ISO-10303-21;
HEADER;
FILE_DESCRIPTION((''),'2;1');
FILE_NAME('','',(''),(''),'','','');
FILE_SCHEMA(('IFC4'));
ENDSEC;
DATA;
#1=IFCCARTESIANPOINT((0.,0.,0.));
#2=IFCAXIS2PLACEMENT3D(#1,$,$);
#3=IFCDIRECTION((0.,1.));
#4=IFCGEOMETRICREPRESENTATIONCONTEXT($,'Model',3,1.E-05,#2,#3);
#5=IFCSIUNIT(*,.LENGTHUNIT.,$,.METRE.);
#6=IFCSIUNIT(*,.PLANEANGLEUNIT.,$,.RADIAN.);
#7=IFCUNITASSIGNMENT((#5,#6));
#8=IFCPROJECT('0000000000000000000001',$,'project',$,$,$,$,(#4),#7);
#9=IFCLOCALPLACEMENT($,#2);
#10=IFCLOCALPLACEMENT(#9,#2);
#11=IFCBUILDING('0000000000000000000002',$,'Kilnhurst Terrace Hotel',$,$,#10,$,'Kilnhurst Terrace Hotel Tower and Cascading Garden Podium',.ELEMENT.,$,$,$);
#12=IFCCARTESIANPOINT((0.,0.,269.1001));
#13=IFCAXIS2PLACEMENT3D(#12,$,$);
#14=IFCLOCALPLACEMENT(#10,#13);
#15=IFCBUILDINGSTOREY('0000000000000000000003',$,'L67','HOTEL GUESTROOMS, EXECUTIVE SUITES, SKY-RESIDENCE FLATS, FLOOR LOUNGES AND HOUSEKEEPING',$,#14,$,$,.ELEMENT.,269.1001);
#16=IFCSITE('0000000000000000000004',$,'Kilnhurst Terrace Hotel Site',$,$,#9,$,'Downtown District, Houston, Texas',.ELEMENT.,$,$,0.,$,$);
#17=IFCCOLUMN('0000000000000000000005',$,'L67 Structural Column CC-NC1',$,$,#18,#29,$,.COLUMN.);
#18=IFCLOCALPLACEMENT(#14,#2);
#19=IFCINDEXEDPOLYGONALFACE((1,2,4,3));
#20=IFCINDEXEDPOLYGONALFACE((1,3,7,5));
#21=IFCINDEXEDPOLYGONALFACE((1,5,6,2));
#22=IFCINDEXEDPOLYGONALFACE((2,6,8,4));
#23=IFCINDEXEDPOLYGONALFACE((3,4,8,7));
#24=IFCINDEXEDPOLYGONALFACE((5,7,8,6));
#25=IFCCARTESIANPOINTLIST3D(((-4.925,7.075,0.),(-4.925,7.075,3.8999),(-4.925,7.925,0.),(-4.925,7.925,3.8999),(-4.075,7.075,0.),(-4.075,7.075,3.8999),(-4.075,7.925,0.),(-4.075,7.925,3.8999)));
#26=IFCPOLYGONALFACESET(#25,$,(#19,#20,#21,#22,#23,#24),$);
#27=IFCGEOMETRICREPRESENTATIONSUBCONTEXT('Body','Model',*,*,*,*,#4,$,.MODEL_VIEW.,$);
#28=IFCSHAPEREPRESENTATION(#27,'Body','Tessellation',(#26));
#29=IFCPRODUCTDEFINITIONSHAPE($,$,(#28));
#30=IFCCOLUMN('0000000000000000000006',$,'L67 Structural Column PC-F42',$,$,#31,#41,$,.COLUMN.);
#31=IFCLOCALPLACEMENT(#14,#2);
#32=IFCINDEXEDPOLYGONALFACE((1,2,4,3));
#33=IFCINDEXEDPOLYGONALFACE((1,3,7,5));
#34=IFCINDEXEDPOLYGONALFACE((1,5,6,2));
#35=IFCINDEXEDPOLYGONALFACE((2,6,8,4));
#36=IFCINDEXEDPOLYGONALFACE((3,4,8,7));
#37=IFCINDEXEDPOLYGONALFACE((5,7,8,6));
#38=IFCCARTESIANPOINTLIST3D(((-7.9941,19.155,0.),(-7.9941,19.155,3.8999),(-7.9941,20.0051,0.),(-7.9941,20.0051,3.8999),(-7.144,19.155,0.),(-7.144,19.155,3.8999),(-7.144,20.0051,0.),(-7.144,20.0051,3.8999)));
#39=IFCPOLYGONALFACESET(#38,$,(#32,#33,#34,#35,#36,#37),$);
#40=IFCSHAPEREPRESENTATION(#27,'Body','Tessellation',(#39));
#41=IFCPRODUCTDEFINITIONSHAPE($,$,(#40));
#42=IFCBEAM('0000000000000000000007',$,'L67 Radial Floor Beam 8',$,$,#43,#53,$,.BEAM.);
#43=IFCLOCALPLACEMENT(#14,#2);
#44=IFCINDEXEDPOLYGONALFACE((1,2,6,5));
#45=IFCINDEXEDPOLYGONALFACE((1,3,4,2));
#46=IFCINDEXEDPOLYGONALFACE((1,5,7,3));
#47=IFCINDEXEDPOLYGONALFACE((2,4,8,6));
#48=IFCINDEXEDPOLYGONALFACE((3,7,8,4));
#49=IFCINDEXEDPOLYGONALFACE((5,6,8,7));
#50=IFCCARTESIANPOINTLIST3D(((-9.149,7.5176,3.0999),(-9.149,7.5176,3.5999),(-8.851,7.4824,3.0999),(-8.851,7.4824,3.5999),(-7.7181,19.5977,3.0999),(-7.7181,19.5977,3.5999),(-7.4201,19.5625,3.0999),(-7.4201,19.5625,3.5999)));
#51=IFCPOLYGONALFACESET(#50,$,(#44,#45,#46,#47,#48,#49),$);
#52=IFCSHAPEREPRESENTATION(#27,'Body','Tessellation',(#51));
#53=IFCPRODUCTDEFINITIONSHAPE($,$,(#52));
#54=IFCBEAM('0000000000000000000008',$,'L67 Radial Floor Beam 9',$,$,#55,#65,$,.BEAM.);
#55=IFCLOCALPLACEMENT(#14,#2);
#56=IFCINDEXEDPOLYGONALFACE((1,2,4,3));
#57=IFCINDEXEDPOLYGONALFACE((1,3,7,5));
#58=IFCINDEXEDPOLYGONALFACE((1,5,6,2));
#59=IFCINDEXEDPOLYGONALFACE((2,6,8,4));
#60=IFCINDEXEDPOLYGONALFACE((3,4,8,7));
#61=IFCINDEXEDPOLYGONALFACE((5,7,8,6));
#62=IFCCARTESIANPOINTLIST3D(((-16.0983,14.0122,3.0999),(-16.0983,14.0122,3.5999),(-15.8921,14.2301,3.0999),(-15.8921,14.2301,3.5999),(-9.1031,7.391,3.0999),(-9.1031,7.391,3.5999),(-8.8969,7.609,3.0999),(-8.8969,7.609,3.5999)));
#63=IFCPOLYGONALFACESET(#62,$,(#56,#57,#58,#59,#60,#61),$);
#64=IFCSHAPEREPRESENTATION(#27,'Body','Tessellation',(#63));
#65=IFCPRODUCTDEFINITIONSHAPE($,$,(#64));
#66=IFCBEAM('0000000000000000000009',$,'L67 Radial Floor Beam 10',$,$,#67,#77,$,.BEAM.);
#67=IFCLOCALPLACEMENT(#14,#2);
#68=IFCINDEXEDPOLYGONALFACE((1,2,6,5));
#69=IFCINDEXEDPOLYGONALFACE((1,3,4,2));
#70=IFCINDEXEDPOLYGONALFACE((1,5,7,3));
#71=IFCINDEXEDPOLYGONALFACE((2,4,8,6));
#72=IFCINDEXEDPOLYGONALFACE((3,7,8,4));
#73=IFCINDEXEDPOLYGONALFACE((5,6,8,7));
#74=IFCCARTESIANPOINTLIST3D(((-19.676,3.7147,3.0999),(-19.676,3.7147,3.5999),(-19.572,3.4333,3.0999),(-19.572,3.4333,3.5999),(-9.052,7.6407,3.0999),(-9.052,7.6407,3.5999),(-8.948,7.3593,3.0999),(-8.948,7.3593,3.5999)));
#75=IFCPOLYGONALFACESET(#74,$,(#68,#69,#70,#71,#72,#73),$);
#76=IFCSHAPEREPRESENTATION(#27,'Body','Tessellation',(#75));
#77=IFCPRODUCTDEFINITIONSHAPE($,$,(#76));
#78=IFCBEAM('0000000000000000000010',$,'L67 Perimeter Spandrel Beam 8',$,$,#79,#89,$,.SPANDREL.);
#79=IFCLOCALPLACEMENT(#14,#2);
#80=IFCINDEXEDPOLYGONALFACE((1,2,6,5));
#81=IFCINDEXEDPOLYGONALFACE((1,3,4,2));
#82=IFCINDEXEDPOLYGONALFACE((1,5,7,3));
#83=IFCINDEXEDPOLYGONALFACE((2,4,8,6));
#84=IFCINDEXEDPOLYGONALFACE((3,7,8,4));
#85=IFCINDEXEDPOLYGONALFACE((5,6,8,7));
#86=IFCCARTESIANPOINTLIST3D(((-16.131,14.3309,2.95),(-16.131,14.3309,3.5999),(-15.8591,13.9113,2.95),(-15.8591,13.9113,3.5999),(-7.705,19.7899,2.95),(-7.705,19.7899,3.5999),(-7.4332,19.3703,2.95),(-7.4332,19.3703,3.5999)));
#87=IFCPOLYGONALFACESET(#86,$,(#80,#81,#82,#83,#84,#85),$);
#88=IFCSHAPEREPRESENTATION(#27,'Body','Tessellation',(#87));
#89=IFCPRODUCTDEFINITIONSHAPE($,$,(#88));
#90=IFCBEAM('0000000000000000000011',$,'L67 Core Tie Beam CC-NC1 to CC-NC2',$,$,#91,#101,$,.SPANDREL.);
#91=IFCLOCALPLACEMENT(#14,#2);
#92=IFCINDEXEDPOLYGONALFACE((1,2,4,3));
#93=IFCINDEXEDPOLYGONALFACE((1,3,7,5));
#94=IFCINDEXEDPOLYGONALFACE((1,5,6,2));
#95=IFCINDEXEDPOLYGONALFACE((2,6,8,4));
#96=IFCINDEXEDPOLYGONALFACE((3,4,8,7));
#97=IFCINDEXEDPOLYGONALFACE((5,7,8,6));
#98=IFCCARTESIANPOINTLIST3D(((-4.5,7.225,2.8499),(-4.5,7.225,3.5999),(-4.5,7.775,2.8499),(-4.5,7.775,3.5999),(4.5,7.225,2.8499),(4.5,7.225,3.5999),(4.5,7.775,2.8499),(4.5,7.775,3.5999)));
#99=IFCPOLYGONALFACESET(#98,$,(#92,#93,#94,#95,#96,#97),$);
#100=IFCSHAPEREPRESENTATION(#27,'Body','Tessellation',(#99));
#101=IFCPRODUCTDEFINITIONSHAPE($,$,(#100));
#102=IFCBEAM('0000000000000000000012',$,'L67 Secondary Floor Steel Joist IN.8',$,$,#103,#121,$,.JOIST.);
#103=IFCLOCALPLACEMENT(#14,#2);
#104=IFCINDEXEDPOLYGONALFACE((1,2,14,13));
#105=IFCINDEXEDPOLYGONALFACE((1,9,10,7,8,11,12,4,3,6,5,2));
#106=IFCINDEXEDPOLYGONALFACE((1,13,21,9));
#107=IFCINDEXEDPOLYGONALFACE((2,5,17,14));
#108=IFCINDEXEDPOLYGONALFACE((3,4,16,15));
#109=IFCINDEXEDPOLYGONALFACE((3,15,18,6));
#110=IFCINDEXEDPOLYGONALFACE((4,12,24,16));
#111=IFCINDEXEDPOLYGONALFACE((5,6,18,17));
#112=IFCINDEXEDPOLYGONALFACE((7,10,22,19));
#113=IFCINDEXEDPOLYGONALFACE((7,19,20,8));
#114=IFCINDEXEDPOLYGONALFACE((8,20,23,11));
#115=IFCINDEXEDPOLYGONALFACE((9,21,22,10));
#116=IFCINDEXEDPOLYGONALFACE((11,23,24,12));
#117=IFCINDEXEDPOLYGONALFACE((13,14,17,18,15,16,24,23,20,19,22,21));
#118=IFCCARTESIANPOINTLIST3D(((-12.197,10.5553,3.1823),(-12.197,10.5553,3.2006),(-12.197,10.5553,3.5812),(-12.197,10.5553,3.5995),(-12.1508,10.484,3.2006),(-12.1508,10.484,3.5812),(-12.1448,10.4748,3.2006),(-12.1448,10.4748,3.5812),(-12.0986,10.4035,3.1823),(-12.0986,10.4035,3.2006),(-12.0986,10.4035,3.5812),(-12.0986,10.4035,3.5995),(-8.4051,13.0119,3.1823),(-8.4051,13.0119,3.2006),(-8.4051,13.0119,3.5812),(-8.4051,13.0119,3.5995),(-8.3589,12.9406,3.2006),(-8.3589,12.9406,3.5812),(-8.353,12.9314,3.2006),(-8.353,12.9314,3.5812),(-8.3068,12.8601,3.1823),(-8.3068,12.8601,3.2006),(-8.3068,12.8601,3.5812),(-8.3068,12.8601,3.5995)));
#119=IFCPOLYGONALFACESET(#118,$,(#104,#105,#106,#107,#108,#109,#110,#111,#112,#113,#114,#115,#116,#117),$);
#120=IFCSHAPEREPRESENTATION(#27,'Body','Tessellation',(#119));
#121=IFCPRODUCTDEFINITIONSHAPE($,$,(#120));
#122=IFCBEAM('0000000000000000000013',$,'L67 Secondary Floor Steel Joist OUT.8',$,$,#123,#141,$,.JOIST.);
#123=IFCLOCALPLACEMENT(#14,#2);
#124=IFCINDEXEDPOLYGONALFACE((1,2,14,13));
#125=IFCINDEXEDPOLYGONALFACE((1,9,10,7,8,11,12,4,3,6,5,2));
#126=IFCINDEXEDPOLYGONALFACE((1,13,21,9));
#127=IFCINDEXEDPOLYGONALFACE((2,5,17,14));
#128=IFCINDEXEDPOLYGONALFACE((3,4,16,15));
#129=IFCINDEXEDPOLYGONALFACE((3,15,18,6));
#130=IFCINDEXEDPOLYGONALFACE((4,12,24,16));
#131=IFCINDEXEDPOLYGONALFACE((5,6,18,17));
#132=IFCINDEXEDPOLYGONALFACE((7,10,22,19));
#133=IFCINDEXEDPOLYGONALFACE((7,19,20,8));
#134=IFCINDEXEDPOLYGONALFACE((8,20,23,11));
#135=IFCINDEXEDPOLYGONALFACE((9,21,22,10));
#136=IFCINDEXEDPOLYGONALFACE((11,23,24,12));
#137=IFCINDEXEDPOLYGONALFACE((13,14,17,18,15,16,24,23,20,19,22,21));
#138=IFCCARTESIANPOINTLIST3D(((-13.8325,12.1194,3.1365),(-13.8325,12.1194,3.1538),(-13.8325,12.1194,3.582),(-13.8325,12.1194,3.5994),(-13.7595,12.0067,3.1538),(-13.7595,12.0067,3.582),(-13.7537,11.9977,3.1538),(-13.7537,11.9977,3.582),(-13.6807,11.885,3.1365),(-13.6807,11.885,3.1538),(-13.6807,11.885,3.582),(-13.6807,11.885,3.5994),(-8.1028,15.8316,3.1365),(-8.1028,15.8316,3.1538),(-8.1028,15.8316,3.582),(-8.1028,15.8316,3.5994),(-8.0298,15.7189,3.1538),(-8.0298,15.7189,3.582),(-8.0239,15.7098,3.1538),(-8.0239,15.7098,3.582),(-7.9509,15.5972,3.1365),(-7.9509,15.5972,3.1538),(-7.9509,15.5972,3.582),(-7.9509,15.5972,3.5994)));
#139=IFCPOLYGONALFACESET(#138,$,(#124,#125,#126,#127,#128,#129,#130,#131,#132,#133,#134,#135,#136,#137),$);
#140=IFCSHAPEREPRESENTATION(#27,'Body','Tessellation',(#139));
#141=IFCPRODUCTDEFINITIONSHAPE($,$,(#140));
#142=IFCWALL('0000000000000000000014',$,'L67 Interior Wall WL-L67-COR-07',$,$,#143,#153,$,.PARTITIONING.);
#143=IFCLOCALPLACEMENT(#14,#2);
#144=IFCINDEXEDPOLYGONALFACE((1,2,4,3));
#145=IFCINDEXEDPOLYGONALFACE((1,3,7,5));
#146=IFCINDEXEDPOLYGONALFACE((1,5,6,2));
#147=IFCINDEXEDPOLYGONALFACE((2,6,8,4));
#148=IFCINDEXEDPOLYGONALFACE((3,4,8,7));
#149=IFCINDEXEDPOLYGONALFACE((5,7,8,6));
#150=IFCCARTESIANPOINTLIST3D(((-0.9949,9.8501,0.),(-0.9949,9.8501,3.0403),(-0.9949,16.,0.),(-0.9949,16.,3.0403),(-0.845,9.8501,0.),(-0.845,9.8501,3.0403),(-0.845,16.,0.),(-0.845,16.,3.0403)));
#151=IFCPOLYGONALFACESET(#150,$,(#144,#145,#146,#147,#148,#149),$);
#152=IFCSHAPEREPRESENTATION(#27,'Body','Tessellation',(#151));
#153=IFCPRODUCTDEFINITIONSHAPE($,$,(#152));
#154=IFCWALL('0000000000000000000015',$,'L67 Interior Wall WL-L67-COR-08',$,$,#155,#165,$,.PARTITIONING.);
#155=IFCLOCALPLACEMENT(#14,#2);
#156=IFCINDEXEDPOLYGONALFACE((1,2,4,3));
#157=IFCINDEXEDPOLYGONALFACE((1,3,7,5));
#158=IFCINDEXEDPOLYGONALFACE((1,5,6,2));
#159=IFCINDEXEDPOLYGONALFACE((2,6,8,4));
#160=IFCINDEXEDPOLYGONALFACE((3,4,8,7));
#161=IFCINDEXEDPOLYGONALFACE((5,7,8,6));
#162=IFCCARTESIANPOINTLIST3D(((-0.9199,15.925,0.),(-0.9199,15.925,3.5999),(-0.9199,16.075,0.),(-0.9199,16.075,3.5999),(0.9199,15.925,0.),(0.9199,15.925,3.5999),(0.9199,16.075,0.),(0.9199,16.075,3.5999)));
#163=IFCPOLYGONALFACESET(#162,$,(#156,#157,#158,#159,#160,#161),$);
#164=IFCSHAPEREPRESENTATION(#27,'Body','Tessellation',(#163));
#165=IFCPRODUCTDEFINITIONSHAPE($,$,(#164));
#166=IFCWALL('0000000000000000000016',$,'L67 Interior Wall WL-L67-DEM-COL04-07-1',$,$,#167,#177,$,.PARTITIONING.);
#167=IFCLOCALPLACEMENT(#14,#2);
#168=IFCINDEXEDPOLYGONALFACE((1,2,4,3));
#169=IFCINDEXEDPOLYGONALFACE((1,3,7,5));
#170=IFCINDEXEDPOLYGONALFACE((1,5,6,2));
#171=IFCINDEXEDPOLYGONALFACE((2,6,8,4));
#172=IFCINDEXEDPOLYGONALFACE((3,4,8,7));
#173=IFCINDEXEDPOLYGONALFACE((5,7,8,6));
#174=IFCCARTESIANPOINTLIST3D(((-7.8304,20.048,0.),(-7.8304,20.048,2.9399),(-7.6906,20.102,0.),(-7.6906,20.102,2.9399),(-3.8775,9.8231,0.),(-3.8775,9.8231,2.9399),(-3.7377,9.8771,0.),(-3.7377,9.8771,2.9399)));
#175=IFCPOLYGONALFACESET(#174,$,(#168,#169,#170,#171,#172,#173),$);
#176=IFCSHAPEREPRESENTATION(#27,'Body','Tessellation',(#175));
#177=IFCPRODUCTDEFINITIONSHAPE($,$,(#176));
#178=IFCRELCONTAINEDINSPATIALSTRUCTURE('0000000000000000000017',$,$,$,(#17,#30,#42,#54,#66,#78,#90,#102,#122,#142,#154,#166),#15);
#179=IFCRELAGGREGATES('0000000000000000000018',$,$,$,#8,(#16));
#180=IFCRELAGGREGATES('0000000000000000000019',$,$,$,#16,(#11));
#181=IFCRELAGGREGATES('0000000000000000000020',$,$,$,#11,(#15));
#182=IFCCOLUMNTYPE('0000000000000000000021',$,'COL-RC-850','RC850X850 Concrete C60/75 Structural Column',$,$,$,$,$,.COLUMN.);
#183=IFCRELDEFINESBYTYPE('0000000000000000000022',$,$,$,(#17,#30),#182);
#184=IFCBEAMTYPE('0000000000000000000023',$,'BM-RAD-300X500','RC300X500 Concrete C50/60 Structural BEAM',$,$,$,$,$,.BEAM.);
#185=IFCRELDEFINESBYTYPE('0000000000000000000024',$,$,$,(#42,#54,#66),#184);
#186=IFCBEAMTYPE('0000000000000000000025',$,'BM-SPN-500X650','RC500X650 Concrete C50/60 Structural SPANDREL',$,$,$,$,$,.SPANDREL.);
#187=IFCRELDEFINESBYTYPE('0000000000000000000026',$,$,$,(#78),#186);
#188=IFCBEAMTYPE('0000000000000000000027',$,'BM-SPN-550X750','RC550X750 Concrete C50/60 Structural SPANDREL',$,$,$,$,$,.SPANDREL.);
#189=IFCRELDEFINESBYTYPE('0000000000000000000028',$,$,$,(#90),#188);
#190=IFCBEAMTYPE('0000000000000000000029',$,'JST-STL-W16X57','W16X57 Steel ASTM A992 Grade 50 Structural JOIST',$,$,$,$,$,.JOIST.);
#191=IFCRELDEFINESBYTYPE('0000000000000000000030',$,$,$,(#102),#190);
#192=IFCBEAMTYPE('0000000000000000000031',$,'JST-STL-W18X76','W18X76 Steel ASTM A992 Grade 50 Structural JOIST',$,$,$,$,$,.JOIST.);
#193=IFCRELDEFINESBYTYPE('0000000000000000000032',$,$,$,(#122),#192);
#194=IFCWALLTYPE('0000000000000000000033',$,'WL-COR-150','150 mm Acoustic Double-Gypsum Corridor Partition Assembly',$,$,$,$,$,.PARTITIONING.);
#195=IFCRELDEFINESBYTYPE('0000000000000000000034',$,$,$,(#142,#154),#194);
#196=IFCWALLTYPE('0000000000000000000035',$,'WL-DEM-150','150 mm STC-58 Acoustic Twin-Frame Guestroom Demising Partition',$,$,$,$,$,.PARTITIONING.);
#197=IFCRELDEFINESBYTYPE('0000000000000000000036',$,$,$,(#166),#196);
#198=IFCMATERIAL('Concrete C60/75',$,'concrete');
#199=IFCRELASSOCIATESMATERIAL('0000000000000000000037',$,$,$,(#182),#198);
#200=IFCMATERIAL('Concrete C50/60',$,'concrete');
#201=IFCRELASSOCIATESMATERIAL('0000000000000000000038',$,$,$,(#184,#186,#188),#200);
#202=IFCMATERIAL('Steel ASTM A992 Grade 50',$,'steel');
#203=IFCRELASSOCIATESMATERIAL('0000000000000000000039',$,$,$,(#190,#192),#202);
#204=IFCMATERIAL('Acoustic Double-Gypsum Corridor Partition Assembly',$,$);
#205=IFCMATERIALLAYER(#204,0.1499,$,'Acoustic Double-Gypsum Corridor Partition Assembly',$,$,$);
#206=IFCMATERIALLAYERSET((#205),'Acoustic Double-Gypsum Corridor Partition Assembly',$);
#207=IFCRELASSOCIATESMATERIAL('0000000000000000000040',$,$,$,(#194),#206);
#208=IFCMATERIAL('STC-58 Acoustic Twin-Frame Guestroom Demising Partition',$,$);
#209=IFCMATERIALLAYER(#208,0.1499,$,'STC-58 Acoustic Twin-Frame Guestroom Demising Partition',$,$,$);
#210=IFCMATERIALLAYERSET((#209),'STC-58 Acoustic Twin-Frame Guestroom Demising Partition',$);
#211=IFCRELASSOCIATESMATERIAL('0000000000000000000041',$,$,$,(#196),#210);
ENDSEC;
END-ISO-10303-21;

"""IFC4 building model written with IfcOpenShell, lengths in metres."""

from ifc_helpers import new_model, si_unit, direction, frame, frame_2d, origin, origin_2d, place, context, subcontext, project, spatial, rectangle, i_section, extrude, material, layer, layer_set, material_profile, profile_set, type_object, element, save


model = new_model("IFC4")

# Units and contexts
model_context = context("Model", 3, precision=1e-05, world=origin(), true_north=direction((0.0, 1.0)))
body_context = subcontext(model_context, "Body", "Model", "MODEL_VIEW")
ifc_project = project(units=[si_unit("LENGTHUNIT", "METRE"), si_unit("PLANEANGLEUNIT", "RADIAN")], contexts=[model_context])

# Site, building, storey
site_placement = place(None, origin())
site = spatial("IfcSite", under=ifc_project, at=site_placement, Name="Kilnhurst Terrace Hotel Site", LongName="Downtown District, Houston, Texas", CompositionType="ELEMENT", RefElevation=0.0)
building_placement = place(site_placement, origin())
building = spatial("IfcBuilding", under=site, at=building_placement, Name="Kilnhurst Terrace Hotel", LongName="Kilnhurst Terrace Hotel Tower and Cascading Garden Podium", CompositionType="ELEMENT")
storey_placement = place(building_placement, frame((0.0, 0.0, 269.1001)))
storey = spatial("IfcBuildingStorey", under=building, at=storey_placement, Name="L67", Description="HOTEL GUESTROOMS, EXECUTIVE SUITES, SKY-RESIDENCE FLATS, FLOOR LOUNGES AND HOUSEKEEPING", CompositionType="ELEMENT", Elevation=269.1001)

# Columns
ifc_material_1 = material(Name="Concrete C60/75", Category="concrete")
ifc_material_profile_1 = material_profile(ifc_material_1, rectangle(XDim=0.8501, YDim=0.8501, at=origin_2d()), Name="RC850X850")
ifc_profile_set_1 = profile_set([ifc_material_profile_1], Name="Concrete C60/75")
column_type = type_object("IfcColumnType", Name="COL-RC-850", Description="RC850X850 Concrete C60/75 Structural Column", PredefinedType="COLUMN", material=ifc_profile_set_1)
for number, where, z_axis, x_axis, name in (
    (1, (-4.5, 7.5, 0.0), (0.0, 0.0, 1.0), (1.0, 0.0, 0.0), "L67 Structural Column CC-NC1"),
    (2, (-7.5691, 19.5801, 0.0), (0.0, 0.0, 1.0), (1.0, 0.0, 0.0), "L67 Structural Column PC-F42"),
):
    element("IfcColumn", number, at=place(storey_placement, frame(where, z_axis=z_axis, x_axis=x_axis)), inside=storey, type_object=column_type, Name=name, PredefinedType="COLUMN", context=body_context, shape_type="SweptSolid", body=[
        extrude(rectangle(XDim=0.8501, YDim=0.8501, at=origin_2d()), origin(), (0.0, 0.0, 1.0), 3.8999),
    ])

# Beams
ifc_material_2 = material(Name="Concrete C50/60", Category="concrete")
ifc_material_profile_2 = material_profile(ifc_material_2, rectangle(XDim=0.3, YDim=0.5, at=origin_2d()), Name="RC300X500")
ifc_profile_set_2 = profile_set([ifc_material_profile_2], Name="Concrete C50/60")
beam_type_1 = type_object("IfcBeamType", Name="BM-RAD-300X500", Description="RC300X500 Concrete C50/60 Structural BEAM", PredefinedType="BEAM", material=ifc_profile_set_2)
beam_1_placement = place(storey_placement, frame((-9.0, 7.5, 3.3499), z_axis=(0.11763, 0.993058, 0.0), x_axis=(-0.993058, 0.11763, 0.0)))
element("IfcBeam", 3, at=beam_1_placement, inside=storey, type_object=beam_type_1, Name="L67 Radial Floor Beam 8", PredefinedType="BEAM", context=body_context, shape_type="SweptSolid", body=[
    extrude(rectangle(XDim=0.3, YDim=0.5, at=origin_2d()), origin(), (0.0, 0.0, 1.0), 12.1646),
])
beam_2_placement = place(storey_placement, frame((-9.0, 7.5, 3.3499), z_axis=(-0.726256, 0.687424, 0.0), x_axis=(-0.687424, -0.726256, 0.0)))
element("IfcBeam", 4, at=beam_2_placement, inside=storey, type_object=beam_type_1, Name="L67 Radial Floor Beam 9", PredefinedType="BEAM", context=body_context, shape_type="SweptSolid", body=[
    extrude(rectangle(XDim=0.3, YDim=0.5, at=origin_2d()), origin(), (0.0, 0.0, 1.0), 9.6318),
])
beam_3_placement = place(storey_placement, frame((-9.0, 7.5, 3.3499), z_axis=(-0.938002, -0.346631, 0.0), x_axis=(0.346631, -0.938002, 0.0)))
element("IfcBeam", 5, at=beam_3_placement, inside=storey, type_object=beam_type_1, Name="L67 Radial Floor Beam 10", PredefinedType="BEAM", context=body_context, shape_type="SweptSolid", body=[
    extrude(rectangle(XDim=0.3, YDim=0.5, at=origin_2d()), origin(), (0.0, 0.0, 1.0), 11.3262),
])
ifc_material_profile_3 = material_profile(ifc_material_2, rectangle(XDim=0.5, YDim=0.6499, at=origin_2d()), Name="RC500X650")
ifc_profile_set_3 = profile_set([ifc_material_profile_3], Name="Concrete C50/60")
beam_type_2 = type_object("IfcBeamType", Name="BM-SPN-500X650", Description="RC500X650 Concrete C50/60 Structural SPANDREL", PredefinedType="SPANDREL", material=ifc_profile_set_3)
beam_4_placement = place(storey_placement, frame((-7.5691, 19.5801, 3.2749), z_axis=(-0.839259, -0.543732, 0.0), x_axis=(0.543732, -0.839259, 0.0)))
element("IfcBeam", 6, at=beam_4_placement, inside=storey, type_object=beam_type_2, Name="L67 Perimeter Spandrel Beam 8", PredefinedType="SPANDREL", context=body_context, shape_type="SweptSolid", body=[
    extrude(rectangle(XDim=0.5, YDim=0.6499, at=origin_2d()), origin(), (0.0, 0.0, 1.0), 10.0398),
])
ifc_material_profile_4 = material_profile(ifc_material_2, rectangle(XDim=0.55, YDim=0.75, at=origin_2d()), Name="RC550X750")
ifc_profile_set_4 = profile_set([ifc_material_profile_4], Name="Concrete C50/60")
beam_type_3 = type_object("IfcBeamType", Name="BM-SPN-550X750", Description="RC550X750 Concrete C50/60 Structural SPANDREL", PredefinedType="SPANDREL", material=ifc_profile_set_4)
beam_5_placement = place(storey_placement, frame((-4.5, 7.5, 3.2249), z_axis=(1.0, 0.0, 0.0), x_axis=(0.0, 1.0, 0.0)))
element("IfcBeam", 7, at=beam_5_placement, inside=storey, type_object=beam_type_3, Name="L67 Core Tie Beam CC-NC1 to CC-NC2", PredefinedType="SPANDREL", context=body_context, shape_type="SweptSolid", body=[
    extrude(rectangle(XDim=0.55, YDim=0.75, at=origin_2d()), origin(), (0.0, 0.0, 1.0), 9.0),
])
ifc_material_3 = material(Name="Steel ASTM A992 Grade 50", Category="steel")
ifc_material_profile_5 = material_profile(ifc_material_3, i_section(OverallWidth=0.1809, OverallDepth=0.4172, WebThickness=0.011, FlangeThickness=0.0183, at=origin_2d()), Name="W16X57")
ifc_profile_set_5 = profile_set([ifc_material_profile_5], Name="Steel ASTM A992 Grade 50")
beam_type_4 = type_object("IfcBeamType", Name="JST-STL-W16X57", Description="W16X57 Steel ASTM A992 Grade 50 Structural JOIST", PredefinedType="JOIST", material=ifc_profile_set_5)
beam_6_placement = place(storey_placement, frame((-8.356, 12.936, 3.3909), z_axis=(-0.839261, -0.543728, 0.0), x_axis=(0.543728, -0.839261, 0.0)))
element("IfcBeam", 8, at=beam_6_placement, inside=storey, type_object=beam_type_4, Name="L67 Secondary Floor Steel Joist IN.8", PredefinedType="JOIST", context=body_context, shape_type="SweptSolid", body=[
    extrude(i_section(OverallWidth=0.1809, OverallDepth=0.4172, WebThickness=0.011, FlangeThickness=0.0183, at=origin_2d()), origin(), (0.0, 0.0, 1.0), 4.5181),
])
ifc_material_profile_6 = material_profile(ifc_material_3, i_section(OverallWidth=0.2793, OverallDepth=0.4629, WebThickness=0.0107, FlangeThickness=0.0173, at=origin_2d()), Name="W18X76")
ifc_profile_set_6 = profile_set([ifc_material_profile_6], Name="Steel ASTM A992 Grade 50")
beam_type_5 = type_object("IfcBeamType", Name="JST-STL-W18X76", Description="W18X76 Steel ASTM A992 Grade 50 Structural JOIST", PredefinedType="JOIST", material=ifc_profile_set_6)
beam_7_placement = place(storey_placement, frame((-8.0269, 15.7144, 3.3679), z_axis=(-0.839257, -0.543735, 0.0), x_axis=(0.543735, -0.839257, 0.0)))
element("IfcBeam", 9, at=beam_7_placement, inside=storey, type_object=beam_type_5, Name="L67 Secondary Floor Steel Joist OUT.8", PredefinedType="JOIST", context=body_context, shape_type="SweptSolid", body=[
    extrude(i_section(OverallWidth=0.2793, OverallDepth=0.4629, WebThickness=0.0107, FlangeThickness=0.0173, at=origin_2d()), origin(), (0.0, 0.0, 1.0), 6.8271),
])

# Walls
ifc_material_4 = material(Name="Acoustic Double-Gypsum Corridor Partition Assembly")
ifc_layer_1 = layer(ifc_material_4, 0.1499, Name="Acoustic Double-Gypsum Corridor Partition Assembly")
ifc_layer_set_1 = layer_set([ifc_layer_1], Name="Acoustic Double-Gypsum Corridor Partition Assembly")
wall_type_1 = type_object("IfcWallType", Name="WL-COR-150", Description="150 mm Acoustic Double-Gypsum Corridor Partition Assembly", PredefinedType="PARTITIONING", material=ifc_layer_set_1)
wall_1_placement = place(storey_placement, frame((-0.9199, 9.8501, 0.0), z_axis=(0.0, 0.0, 1.0), x_axis=(0.0, 1.0, 0.0)))
element("IfcWall", 10, at=wall_1_placement, inside=storey, type_object=wall_type_1, Name="L67 Interior Wall WL-L67-COR-07", PredefinedType="PARTITIONING", context=body_context, shape_type="SweptSolid", body=[
    extrude(rectangle(XDim=6.1499, YDim=0.1499, at=frame_2d((3.075, 0.0))), origin(), (0.0, 0.0, 1.0), 3.0403),
])
wall_2_placement = place(storey_placement, frame((-0.9199, 16.0, 0.0), z_axis=(0.0, 0.0, 1.0), x_axis=(1.0, 0.0, 0.0)))
element("IfcWall", 11, at=wall_2_placement, inside=storey, type_object=wall_type_1, Name="L67 Interior Wall WL-L67-COR-08", PredefinedType="PARTITIONING", context=body_context, shape_type="SweptSolid", body=[
    extrude(rectangle(XDim=1.8398, YDim=0.1499, at=frame_2d((0.9199, 0.0))), origin(), (0.0, 0.0, 1.0), 3.5999),
])
ifc_material_5 = material(Name="STC-58 Acoustic Twin-Frame Guestroom Demising Partition")
ifc_layer_2 = layer(ifc_material_5, 0.1499, Name="STC-58 Acoustic Twin-Frame Guestroom Demising Partition")
ifc_layer_set_2 = layer_set([ifc_layer_2], Name="STC-58 Acoustic Twin-Frame Guestroom Demising Partition")
wall_type_2 = type_object("IfcWallType", Name="WL-DEM-150", Description="150 mm STC-58 Acoustic Twin-Frame Guestroom Demising Partition", PredefinedType="PARTITIONING", material=ifc_layer_set_2)
wall_3_placement = place(storey_placement, frame((-3.8076, 9.8501, 0.0), z_axis=(0.0, 0.0, 1.0), x_axis=(-0.360587, 0.932725, 0.0)))
element("IfcWall", 12, at=wall_3_placement, inside=storey, type_object=wall_type_2, Name="L67 Interior Wall WL-L67-DEM-COL04-07-1", PredefinedType="PARTITIONING", context=body_context, shape_type="SweptSolid", body=[
    extrude(rectangle(XDim=10.9624, YDim=0.1499, at=frame_2d((5.4812, 0.0))), origin(), (0.0, 0.0, 1.0), 2.9399),
])

save(model, "model.ifc")
